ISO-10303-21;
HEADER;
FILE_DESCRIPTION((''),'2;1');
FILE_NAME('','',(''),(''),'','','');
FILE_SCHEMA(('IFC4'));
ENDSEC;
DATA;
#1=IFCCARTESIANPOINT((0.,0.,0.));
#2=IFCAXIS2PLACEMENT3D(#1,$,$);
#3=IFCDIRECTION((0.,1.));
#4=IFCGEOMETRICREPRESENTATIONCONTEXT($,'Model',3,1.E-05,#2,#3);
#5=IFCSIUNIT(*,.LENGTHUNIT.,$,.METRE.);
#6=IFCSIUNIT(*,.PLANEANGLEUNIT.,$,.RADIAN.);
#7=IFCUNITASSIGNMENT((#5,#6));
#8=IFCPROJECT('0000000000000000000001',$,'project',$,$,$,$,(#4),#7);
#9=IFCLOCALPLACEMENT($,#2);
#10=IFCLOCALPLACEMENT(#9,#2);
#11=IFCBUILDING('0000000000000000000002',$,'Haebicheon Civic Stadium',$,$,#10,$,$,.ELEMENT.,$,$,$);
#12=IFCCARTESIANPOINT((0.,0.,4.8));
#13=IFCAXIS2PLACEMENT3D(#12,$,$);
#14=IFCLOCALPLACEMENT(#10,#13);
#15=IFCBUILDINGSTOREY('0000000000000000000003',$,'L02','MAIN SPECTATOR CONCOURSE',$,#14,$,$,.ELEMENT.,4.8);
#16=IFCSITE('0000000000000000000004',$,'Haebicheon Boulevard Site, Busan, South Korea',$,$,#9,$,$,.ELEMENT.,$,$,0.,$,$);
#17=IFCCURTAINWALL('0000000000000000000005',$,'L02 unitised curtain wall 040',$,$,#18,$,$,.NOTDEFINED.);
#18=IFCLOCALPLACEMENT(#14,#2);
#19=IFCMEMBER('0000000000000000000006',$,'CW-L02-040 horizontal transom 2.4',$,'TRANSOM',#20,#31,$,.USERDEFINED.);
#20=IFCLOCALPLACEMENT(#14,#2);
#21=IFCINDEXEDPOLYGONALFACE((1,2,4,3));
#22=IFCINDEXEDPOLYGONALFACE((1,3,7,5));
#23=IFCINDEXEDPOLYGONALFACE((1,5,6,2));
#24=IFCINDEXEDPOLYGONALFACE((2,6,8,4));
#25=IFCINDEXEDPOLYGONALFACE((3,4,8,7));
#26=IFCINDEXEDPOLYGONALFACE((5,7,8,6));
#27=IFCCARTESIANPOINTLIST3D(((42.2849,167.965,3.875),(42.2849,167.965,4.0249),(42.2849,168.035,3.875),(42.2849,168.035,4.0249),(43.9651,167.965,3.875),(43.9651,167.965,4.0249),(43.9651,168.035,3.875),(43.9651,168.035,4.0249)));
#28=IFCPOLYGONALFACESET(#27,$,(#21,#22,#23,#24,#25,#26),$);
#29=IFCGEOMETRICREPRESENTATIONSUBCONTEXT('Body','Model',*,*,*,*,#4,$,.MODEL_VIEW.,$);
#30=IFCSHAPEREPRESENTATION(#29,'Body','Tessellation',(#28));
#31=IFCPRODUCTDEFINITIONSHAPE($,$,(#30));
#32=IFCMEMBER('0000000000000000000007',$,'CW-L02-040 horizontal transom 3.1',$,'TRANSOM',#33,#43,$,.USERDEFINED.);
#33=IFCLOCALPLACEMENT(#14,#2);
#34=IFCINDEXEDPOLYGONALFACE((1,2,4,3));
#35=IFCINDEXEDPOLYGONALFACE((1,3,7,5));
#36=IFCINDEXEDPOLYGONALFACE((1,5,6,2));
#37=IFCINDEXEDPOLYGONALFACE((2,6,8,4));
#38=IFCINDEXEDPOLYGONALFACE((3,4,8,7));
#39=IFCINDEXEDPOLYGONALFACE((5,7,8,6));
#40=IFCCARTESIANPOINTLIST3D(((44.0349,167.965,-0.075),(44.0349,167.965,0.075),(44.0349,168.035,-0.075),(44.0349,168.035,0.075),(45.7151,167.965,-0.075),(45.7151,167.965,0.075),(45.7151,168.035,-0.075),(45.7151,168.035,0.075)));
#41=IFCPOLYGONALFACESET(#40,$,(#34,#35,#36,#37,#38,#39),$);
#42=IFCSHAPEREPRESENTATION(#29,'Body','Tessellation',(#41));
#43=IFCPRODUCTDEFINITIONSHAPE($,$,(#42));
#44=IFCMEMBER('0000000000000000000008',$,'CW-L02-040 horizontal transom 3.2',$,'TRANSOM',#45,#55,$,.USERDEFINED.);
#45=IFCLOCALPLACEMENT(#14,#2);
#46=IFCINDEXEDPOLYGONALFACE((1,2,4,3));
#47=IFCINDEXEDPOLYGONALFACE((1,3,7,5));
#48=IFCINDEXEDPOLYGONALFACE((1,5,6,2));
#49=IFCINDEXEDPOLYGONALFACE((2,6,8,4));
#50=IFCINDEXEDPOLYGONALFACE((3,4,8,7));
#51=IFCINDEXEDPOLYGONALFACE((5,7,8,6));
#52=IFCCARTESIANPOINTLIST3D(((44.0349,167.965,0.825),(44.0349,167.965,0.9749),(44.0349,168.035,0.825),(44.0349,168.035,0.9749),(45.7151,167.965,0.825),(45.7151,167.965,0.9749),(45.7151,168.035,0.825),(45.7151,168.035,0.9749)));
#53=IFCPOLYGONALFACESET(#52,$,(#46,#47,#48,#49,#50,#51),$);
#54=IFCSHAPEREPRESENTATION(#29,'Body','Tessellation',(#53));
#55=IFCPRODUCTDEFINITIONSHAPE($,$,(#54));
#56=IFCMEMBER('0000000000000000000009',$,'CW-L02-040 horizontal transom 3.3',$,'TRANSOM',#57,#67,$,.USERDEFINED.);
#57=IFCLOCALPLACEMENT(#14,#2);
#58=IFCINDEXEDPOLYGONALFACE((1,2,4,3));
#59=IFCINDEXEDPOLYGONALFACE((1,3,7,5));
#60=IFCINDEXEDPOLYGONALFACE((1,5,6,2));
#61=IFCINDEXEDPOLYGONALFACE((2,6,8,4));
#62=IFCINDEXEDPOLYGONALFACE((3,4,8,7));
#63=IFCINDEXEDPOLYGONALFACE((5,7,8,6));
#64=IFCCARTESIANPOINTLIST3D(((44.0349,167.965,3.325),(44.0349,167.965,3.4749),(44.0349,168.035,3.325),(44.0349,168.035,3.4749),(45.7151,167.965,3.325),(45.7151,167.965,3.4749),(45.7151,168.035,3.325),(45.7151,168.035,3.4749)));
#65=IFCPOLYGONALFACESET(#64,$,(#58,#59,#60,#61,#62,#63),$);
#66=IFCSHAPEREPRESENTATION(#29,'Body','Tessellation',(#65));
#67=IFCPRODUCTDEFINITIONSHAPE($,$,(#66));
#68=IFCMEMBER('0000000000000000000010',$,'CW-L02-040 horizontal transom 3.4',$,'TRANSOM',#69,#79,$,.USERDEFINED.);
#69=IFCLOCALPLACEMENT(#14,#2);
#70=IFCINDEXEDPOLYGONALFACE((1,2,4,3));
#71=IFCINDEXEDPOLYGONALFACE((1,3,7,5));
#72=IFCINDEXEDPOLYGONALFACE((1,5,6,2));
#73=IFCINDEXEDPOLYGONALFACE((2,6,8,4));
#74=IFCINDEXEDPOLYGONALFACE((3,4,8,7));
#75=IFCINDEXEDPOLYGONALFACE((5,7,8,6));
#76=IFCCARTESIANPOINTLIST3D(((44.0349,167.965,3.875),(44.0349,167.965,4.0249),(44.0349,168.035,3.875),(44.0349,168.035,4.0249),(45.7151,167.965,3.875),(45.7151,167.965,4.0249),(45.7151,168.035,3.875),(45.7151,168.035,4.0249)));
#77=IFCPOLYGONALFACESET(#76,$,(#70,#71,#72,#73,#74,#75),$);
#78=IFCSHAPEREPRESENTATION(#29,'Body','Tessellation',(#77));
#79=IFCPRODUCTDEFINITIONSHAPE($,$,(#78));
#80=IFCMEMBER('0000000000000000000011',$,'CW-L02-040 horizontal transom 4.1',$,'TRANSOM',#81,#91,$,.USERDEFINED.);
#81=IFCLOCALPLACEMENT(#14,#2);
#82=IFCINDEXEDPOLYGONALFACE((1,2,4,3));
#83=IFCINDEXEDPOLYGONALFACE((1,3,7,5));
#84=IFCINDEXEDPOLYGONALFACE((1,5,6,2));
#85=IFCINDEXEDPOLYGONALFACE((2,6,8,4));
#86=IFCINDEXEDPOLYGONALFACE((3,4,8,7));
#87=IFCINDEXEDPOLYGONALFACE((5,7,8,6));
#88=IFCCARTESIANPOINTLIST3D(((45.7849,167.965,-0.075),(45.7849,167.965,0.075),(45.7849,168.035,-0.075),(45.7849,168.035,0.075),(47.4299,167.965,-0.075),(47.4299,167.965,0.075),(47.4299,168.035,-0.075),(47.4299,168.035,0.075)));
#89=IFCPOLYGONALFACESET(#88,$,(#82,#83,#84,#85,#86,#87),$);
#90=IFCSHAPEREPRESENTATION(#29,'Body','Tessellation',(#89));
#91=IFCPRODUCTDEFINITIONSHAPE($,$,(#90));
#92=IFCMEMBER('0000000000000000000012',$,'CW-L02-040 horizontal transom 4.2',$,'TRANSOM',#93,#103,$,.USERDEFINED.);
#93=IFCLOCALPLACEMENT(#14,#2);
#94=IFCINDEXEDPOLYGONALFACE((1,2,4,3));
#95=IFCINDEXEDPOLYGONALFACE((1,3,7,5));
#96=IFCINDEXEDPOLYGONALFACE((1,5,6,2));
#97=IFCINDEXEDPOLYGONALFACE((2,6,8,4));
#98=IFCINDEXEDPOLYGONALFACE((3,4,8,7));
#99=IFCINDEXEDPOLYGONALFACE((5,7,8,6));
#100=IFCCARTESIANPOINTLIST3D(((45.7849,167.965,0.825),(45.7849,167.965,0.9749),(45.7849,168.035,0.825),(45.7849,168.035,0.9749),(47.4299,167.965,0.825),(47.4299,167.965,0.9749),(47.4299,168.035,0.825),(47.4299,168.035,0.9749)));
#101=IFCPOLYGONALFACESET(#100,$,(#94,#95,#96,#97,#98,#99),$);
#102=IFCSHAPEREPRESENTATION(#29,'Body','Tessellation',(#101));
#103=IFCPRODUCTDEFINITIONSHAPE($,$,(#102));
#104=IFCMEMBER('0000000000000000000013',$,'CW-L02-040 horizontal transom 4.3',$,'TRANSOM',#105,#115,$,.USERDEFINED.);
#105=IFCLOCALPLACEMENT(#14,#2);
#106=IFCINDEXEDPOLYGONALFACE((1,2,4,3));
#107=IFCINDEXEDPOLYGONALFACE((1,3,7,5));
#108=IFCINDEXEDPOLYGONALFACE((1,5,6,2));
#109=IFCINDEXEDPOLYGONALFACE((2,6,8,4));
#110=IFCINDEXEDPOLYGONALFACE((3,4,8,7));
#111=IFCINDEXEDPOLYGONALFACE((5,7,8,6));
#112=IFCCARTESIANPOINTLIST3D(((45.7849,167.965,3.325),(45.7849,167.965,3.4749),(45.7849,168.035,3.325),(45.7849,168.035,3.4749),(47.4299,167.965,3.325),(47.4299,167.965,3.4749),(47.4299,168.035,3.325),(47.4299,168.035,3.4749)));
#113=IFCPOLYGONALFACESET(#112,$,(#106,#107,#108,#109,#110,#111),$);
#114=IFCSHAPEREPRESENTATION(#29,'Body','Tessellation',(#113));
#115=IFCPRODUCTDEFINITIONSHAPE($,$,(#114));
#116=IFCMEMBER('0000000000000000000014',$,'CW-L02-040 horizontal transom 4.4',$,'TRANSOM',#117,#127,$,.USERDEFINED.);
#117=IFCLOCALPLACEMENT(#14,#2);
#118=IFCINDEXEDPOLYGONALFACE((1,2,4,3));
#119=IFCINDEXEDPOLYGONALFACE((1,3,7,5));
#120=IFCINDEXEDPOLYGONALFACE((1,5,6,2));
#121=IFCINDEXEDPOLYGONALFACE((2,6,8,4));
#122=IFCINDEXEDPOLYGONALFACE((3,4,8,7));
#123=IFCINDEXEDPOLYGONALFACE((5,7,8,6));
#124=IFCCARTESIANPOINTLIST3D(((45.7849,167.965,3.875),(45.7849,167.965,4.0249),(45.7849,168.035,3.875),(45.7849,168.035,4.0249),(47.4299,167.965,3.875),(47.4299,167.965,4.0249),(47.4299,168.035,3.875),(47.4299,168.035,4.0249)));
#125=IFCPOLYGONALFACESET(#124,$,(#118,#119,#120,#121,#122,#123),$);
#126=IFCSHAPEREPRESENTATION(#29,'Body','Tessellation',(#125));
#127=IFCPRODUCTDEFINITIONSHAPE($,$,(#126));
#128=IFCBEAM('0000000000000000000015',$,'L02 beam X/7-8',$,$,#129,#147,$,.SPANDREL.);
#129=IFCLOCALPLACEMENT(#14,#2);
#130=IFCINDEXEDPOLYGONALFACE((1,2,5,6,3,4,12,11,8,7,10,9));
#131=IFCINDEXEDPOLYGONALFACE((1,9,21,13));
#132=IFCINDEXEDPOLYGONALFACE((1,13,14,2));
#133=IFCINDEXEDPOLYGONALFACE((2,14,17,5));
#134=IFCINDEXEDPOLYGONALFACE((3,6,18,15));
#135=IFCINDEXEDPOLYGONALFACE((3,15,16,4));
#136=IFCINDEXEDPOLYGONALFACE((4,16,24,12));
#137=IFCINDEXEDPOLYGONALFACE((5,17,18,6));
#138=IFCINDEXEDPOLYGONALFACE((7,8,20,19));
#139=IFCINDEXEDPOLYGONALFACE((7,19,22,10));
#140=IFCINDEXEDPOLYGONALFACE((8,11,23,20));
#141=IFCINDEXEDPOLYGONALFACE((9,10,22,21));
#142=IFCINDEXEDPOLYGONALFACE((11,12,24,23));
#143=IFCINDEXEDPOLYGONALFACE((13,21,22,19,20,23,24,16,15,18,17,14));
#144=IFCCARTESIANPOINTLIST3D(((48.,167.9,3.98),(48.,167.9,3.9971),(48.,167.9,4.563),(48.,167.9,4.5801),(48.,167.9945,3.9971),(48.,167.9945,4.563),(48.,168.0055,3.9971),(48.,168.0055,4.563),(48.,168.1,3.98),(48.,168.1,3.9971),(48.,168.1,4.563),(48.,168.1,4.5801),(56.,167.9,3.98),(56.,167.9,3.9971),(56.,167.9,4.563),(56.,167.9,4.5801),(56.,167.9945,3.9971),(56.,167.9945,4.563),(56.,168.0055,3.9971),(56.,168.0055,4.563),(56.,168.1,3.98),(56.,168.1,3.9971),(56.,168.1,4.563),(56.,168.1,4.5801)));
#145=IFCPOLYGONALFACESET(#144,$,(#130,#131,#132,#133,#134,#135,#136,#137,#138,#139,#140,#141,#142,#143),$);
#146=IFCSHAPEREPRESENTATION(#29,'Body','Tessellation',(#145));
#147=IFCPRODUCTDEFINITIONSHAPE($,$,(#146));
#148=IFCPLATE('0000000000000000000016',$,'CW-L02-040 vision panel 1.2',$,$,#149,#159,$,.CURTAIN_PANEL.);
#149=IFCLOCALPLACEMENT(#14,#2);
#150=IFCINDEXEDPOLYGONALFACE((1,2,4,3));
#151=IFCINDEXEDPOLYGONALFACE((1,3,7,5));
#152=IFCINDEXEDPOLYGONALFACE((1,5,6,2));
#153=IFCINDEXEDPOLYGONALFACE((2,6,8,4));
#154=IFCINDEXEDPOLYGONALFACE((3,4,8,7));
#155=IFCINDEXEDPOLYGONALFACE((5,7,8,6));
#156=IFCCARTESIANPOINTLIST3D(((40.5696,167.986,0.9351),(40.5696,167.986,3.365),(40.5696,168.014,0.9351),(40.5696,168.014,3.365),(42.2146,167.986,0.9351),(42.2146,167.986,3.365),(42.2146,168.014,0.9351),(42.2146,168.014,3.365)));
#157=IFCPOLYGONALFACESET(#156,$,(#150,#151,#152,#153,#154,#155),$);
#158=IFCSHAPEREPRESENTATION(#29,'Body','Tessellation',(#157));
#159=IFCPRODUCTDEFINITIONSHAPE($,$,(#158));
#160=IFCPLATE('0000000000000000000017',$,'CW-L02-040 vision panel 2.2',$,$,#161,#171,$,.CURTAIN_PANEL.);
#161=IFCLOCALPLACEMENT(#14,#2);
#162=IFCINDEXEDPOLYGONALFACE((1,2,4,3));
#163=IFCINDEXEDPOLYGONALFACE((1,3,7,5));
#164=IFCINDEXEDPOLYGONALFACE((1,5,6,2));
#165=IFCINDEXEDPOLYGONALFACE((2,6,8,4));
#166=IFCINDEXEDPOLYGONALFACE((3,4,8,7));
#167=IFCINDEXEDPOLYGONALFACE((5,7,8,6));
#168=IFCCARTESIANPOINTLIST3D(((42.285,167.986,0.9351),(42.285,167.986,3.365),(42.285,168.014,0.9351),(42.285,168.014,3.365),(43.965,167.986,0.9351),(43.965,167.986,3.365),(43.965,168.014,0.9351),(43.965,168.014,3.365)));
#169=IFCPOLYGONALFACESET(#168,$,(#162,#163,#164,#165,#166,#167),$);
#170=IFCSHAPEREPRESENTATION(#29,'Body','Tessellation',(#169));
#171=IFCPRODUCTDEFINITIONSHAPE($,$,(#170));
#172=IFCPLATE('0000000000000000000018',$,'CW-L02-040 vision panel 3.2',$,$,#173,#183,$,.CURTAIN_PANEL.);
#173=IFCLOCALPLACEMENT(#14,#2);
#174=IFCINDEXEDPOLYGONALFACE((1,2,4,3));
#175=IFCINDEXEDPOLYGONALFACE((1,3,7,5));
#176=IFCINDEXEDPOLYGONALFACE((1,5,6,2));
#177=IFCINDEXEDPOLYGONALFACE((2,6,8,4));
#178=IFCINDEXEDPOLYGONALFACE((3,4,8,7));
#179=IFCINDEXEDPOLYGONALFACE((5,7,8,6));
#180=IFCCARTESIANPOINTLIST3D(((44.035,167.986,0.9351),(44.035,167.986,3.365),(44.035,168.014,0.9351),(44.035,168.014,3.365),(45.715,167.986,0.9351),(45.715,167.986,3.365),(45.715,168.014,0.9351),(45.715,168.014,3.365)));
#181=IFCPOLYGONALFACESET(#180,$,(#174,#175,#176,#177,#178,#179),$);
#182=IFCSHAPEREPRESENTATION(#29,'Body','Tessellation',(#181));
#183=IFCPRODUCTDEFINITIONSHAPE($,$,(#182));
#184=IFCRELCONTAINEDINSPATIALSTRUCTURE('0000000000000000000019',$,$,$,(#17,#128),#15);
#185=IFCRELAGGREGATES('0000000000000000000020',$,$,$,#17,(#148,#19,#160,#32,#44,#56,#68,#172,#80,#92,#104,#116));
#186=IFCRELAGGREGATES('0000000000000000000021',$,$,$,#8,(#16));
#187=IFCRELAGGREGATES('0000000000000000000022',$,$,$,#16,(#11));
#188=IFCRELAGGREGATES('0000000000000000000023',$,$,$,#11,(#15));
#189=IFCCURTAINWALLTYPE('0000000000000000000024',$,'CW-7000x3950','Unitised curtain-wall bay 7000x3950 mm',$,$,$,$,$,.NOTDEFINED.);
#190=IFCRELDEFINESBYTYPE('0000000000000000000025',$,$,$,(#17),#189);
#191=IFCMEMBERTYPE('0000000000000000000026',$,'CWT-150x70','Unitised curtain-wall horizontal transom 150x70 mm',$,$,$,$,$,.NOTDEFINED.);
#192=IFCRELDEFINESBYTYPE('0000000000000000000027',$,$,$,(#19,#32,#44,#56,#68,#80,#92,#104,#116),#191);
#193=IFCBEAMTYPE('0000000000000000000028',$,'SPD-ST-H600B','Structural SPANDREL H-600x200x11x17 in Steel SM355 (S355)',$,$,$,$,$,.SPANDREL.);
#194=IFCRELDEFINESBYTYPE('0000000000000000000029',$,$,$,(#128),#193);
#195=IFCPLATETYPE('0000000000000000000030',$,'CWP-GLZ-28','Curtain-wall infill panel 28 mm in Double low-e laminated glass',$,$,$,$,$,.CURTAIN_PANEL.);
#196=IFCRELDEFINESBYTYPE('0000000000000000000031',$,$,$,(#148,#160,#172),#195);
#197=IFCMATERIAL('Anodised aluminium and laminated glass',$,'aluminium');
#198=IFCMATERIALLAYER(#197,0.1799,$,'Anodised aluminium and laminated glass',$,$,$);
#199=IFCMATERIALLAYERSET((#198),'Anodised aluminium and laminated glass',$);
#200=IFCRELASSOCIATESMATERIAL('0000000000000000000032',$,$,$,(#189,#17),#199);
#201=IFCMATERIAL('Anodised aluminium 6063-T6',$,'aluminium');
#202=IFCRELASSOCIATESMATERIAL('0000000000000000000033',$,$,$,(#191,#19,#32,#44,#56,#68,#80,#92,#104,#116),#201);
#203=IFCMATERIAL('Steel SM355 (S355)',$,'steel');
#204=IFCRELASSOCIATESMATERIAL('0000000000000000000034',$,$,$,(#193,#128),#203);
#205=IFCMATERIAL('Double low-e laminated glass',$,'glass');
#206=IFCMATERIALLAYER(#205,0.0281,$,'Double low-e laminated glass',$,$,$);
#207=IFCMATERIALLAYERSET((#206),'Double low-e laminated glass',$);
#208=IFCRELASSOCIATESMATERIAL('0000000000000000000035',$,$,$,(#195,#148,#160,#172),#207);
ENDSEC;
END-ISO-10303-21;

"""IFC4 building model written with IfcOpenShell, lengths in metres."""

from ifc_helpers import new_model, si_unit, direction, frame, origin, origin_2d, place, context, subcontext, project, spatial, rectangle, i_section, extrude, material, layer, layer_set, material_profile, profile_set, type_object, element, aggregate, save


model = new_model("IFC4")

# Units and contexts
model_context = context("Model", 3, precision=1e-05, world=origin(), true_north=direction((0.0, 1.0)))
body_context = subcontext(model_context, "Body", "Model", "MODEL_VIEW")
ifc_project = project(units=[si_unit("LENGTHUNIT", "METRE"), si_unit("PLANEANGLEUNIT", "RADIAN")], contexts=[model_context])

# Site, building, storey
site_placement = place(None, origin())
site = spatial("IfcSite", under=ifc_project, at=site_placement, Name="Haebicheon Boulevard Site, Busan, South Korea", CompositionType="ELEMENT", RefElevation=0.0)
building_placement = place(site_placement, origin())
building = spatial("IfcBuilding", under=site, at=building_placement, Name="Haebicheon Civic Stadium", CompositionType="ELEMENT")
storey_placement = place(building_placement, frame((0.0, 0.0, 4.8)))
storey = spatial("IfcBuildingStorey", under=building, at=storey_placement, Name="L02", Description="MAIN SPECTATOR CONCOURSE", CompositionType="ELEMENT", Elevation=4.8)

# Curtain wall, members
ifc_material_1 = material(Name="Anodised aluminium and laminated glass", Category="aluminium")
ifc_layer_1 = layer(ifc_material_1, 0.1799, Name="Anodised aluminium and laminated glass")
ifc_layer_set_1 = layer_set([ifc_layer_1], Name="Anodised aluminium and laminated glass")
curtain_wall_type = type_object("IfcCurtainWallType", Name="CW-7000x3950", Description="Unitised curtain-wall bay 7000x3950 mm", PredefinedType="NOTDEFINED", material=ifc_layer_set_1)
curtain_wall_placement = place(storey_placement, origin())
curtain_wall = element("IfcCurtainWall", 1, at=curtain_wall_placement, inside=storey, type_object=curtain_wall_type, material=ifc_layer_set_1, Name="L02 unitised curtain wall 040", PredefinedType="NOTDEFINED")
ifc_material_2 = material(Name="Anodised aluminium 6063-T6", Category="aluminium")
ifc_material_profile_1 = material_profile(ifc_material_2, rectangle(XDim=0.0701, YDim=0.1499, at=origin_2d()), Name="ALU-TRAN-70x150")
ifc_profile_set_1 = profile_set([ifc_material_profile_1], Name="Anodised aluminium 6063-T6")
member_type_1 = type_object("IfcMemberType", Name="CWT-150x70", Description="Unitised curtain-wall horizontal transom 150x70 mm", PredefinedType="NOTDEFINED", material=ifc_profile_set_1)
member_1_placement = place(storey_placement, frame((42.2849, 168.0, 3.95), z_axis=(1.0, 0.0, 0.0), x_axis=(0.0, 1.0, 0.0)))
member_1 = element("IfcMember", 2, at=member_1_placement, type_object=member_type_1, material=ifc_profile_set_1, Name="CW-L02-040 horizontal transom 2.4", ObjectType="TRANSOM", PredefinedType="USERDEFINED", context=body_context, shape_type="SweptSolid", body=[
    extrude(rectangle(XDim=0.0701, YDim=0.1499, at=origin_2d()), origin(), (0.0, 0.0, 1.0), 1.6802),
])
member_2_placement = place(storey_placement, frame((44.0349, 168.0, 0.0), z_axis=(1.0, 0.0, 0.0), x_axis=(0.0, 1.0, 0.0)))
member_2 = element("IfcMember", 3, at=member_2_placement, type_object=member_type_1, material=ifc_profile_set_1, Name="CW-L02-040 horizontal transom 3.1", ObjectType="TRANSOM", PredefinedType="USERDEFINED", context=body_context, shape_type="SweptSolid", body=[
    extrude(rectangle(XDim=0.0701, YDim=0.1499, at=origin_2d()), origin(), (0.0, 0.0, 1.0), 1.6802),
])
member_3_placement = place(storey_placement, frame((44.0349, 168.0, 0.8999), z_axis=(1.0, 0.0, 0.0), x_axis=(0.0, 1.0, 0.0)))
member_3 = element("IfcMember", 4, at=member_3_placement, type_object=member_type_1, material=ifc_profile_set_1, Name="CW-L02-040 horizontal transom 3.2", ObjectType="TRANSOM", PredefinedType="USERDEFINED", context=body_context, shape_type="SweptSolid", body=[
    extrude(rectangle(XDim=0.0701, YDim=0.1499, at=origin_2d()), origin(), (0.0, 0.0, 1.0), 1.6802),
])
member_4_placement = place(storey_placement, frame((44.0349, 168.0, 3.3999), z_axis=(1.0, 0.0, 0.0), x_axis=(0.0, 1.0, 0.0)))
member_4 = element("IfcMember", 5, at=member_4_placement, type_object=member_type_1, material=ifc_profile_set_1, Name="CW-L02-040 horizontal transom 3.3", ObjectType="TRANSOM", PredefinedType="USERDEFINED", context=body_context, shape_type="SweptSolid", body=[
    extrude(rectangle(XDim=0.0701, YDim=0.1499, at=origin_2d()), origin(), (0.0, 0.0, 1.0), 1.6802),
])
member_5_placement = place(storey_placement, frame((44.0349, 168.0, 3.95), z_axis=(1.0, 0.0, 0.0), x_axis=(0.0, 1.0, 0.0)))
member_5 = element("IfcMember", 6, at=member_5_placement, type_object=member_type_1, material=ifc_profile_set_1, Name="CW-L02-040 horizontal transom 3.4", ObjectType="TRANSOM", PredefinedType="USERDEFINED", context=body_context, shape_type="SweptSolid", body=[
    extrude(rectangle(XDim=0.0701, YDim=0.1499, at=origin_2d()), origin(), (0.0, 0.0, 1.0), 1.6802),
])
member_6_placement = place(storey_placement, frame((45.7849, 168.0, 0.0), z_axis=(1.0, 0.0, 0.0), x_axis=(0.0, 1.0, 0.0)))
member_6 = element("IfcMember", 7, at=member_6_placement, type_object=member_type_1, material=ifc_profile_set_1, Name="CW-L02-040 horizontal transom 4.1", ObjectType="TRANSOM", PredefinedType="USERDEFINED", context=body_context, shape_type="SweptSolid", body=[
    extrude(rectangle(XDim=0.0701, YDim=0.1499, at=origin_2d()), origin(), (0.0, 0.0, 1.0), 1.645),
])
member_7_placement = place(storey_placement, frame((45.7849, 168.0, 0.8999), z_axis=(1.0, 0.0, 0.0), x_axis=(0.0, 1.0, 0.0)))
member_7 = element("IfcMember", 8, at=member_7_placement, type_object=member_type_1, material=ifc_profile_set_1, Name="CW-L02-040 horizontal transom 4.2", ObjectType="TRANSOM", PredefinedType="USERDEFINED", context=body_context, shape_type="SweptSolid", body=[
    extrude(rectangle(XDim=0.0701, YDim=0.1499, at=origin_2d()), origin(), (0.0, 0.0, 1.0), 1.645),
])
member_8_placement = place(storey_placement, frame((45.7849, 168.0, 3.3999), z_axis=(1.0, 0.0, 0.0), x_axis=(0.0, 1.0, 0.0)))
member_8 = element("IfcMember", 9, at=member_8_placement, type_object=member_type_1, material=ifc_profile_set_1, Name="CW-L02-040 horizontal transom 4.3", ObjectType="TRANSOM", PredefinedType="USERDEFINED", context=body_context, shape_type="SweptSolid", body=[
    extrude(rectangle(XDim=0.0701, YDim=0.1499, at=origin_2d()), origin(), (0.0, 0.0, 1.0), 1.645),
])
member_9_placement = place(storey_placement, frame((45.7849, 168.0, 3.95), z_axis=(1.0, 0.0, 0.0), x_axis=(0.0, 1.0, 0.0)))
member_9 = element("IfcMember", 10, at=member_9_placement, type_object=member_type_1, material=ifc_profile_set_1, Name="CW-L02-040 horizontal transom 4.4", ObjectType="TRANSOM", PredefinedType="USERDEFINED", context=body_context, shape_type="SweptSolid", body=[
    extrude(rectangle(XDim=0.0701, YDim=0.1499, at=origin_2d()), origin(), (0.0, 0.0, 1.0), 1.645),
])

# Beam
ifc_material_3 = material(Name="Steel SM355 (S355)", Category="steel")
ifc_material_profile_2 = material_profile(ifc_material_3, i_section(OverallWidth=0.2, OverallDepth=0.6001, WebThickness=0.011, FlangeThickness=0.0171, at=origin_2d()), Name="H-600x200x11x17")
ifc_profile_set_2 = profile_set([ifc_material_profile_2], Name="Steel SM355 (S355)")
beam_type_1 = type_object("IfcBeamType", Name="SPD-ST-H600B", Description="Structural SPANDREL H-600x200x11x17 in Steel SM355 (S355)", PredefinedType="SPANDREL", material=ifc_profile_set_2)
beam_placement = place(storey_placement, frame((48.0, 168.0, 4.28), z_axis=(1.0, 0.0, 0.0), x_axis=(0.0, 1.0, 0.0)))
element("IfcBeam", 11, at=beam_placement, inside=storey, type_object=beam_type_1, material=ifc_profile_set_2, Name="L02 beam X/7-8", PredefinedType="SPANDREL", context=body_context, shape_type="SweptSolid", body=[
    extrude(i_section(OverallWidth=0.2, OverallDepth=0.6001, WebThickness=0.011, FlangeThickness=0.0171, at=origin_2d()), origin(), (0.0, 0.0, 1.0), 8.0),
])

# Plates
ifc_material_4 = material(Name="Double low-e laminated glass", Category="glass")
ifc_layer_2 = layer(ifc_material_4, 0.0281, Name="Double low-e laminated glass")
ifc_layer_set_2 = layer_set([ifc_layer_2], Name="Double low-e laminated glass")
plate_type_1 = type_object("IfcPlateType", Name="CWP-GLZ-28", Description="Curtain-wall infill panel 28 mm in Double low-e laminated glass", PredefinedType="CURTAIN_PANEL", material=ifc_layer_set_2)
plate_1_placement = place(storey_placement, frame((41.3921, 168.0, 0.9351), z_axis=(0.0, 0.0, 1.0), x_axis=(1.0, 0.0, 0.0)))
plate_1 = element("IfcPlate", 12, at=plate_1_placement, type_object=plate_type_1, material=ifc_layer_set_2, Name="CW-L02-040 vision panel 1.2", PredefinedType="CURTAIN_PANEL", context=body_context, shape_type="SweptSolid", body=[
    extrude(rectangle(XDim=1.645, YDim=0.0281, at=origin_2d()), origin(), (0.0, 0.0, 1.0), 2.4299),
])
plate_2_placement = place(storey_placement, frame((43.125, 168.0, 0.9351), z_axis=(0.0, 0.0, 1.0), x_axis=(1.0, 0.0, 0.0)))
plate_2 = element("IfcPlate", 13, at=plate_2_placement, type_object=plate_type_1, material=ifc_layer_set_2, Name="CW-L02-040 vision panel 2.2", PredefinedType="CURTAIN_PANEL", context=body_context, shape_type="SweptSolid", body=[
    extrude(rectangle(XDim=1.6799, YDim=0.0281, at=origin_2d()), origin(), (0.0, 0.0, 1.0), 2.4299),
])
plate_3_placement = place(storey_placement, frame((44.875, 168.0, 0.9351), z_axis=(0.0, 0.0, 1.0), x_axis=(1.0, 0.0, 0.0)))
plate_3 = element("IfcPlate", 14, at=plate_3_placement, type_object=plate_type_1, material=ifc_layer_set_2, Name="CW-L02-040 vision panel 3.2", PredefinedType="CURTAIN_PANEL", context=body_context, shape_type="SweptSolid", body=[
    extrude(rectangle(XDim=1.6799, YDim=0.0281, at=origin_2d()), origin(), (0.0, 0.0, 1.0), 2.4299),
])
aggregate(curtain_wall, [plate_1, member_1, plate_2, member_2, member_3, member_4, member_5, plate_3, member_6, member_7, member_8, member_9])

save(model, "model.ifc")
